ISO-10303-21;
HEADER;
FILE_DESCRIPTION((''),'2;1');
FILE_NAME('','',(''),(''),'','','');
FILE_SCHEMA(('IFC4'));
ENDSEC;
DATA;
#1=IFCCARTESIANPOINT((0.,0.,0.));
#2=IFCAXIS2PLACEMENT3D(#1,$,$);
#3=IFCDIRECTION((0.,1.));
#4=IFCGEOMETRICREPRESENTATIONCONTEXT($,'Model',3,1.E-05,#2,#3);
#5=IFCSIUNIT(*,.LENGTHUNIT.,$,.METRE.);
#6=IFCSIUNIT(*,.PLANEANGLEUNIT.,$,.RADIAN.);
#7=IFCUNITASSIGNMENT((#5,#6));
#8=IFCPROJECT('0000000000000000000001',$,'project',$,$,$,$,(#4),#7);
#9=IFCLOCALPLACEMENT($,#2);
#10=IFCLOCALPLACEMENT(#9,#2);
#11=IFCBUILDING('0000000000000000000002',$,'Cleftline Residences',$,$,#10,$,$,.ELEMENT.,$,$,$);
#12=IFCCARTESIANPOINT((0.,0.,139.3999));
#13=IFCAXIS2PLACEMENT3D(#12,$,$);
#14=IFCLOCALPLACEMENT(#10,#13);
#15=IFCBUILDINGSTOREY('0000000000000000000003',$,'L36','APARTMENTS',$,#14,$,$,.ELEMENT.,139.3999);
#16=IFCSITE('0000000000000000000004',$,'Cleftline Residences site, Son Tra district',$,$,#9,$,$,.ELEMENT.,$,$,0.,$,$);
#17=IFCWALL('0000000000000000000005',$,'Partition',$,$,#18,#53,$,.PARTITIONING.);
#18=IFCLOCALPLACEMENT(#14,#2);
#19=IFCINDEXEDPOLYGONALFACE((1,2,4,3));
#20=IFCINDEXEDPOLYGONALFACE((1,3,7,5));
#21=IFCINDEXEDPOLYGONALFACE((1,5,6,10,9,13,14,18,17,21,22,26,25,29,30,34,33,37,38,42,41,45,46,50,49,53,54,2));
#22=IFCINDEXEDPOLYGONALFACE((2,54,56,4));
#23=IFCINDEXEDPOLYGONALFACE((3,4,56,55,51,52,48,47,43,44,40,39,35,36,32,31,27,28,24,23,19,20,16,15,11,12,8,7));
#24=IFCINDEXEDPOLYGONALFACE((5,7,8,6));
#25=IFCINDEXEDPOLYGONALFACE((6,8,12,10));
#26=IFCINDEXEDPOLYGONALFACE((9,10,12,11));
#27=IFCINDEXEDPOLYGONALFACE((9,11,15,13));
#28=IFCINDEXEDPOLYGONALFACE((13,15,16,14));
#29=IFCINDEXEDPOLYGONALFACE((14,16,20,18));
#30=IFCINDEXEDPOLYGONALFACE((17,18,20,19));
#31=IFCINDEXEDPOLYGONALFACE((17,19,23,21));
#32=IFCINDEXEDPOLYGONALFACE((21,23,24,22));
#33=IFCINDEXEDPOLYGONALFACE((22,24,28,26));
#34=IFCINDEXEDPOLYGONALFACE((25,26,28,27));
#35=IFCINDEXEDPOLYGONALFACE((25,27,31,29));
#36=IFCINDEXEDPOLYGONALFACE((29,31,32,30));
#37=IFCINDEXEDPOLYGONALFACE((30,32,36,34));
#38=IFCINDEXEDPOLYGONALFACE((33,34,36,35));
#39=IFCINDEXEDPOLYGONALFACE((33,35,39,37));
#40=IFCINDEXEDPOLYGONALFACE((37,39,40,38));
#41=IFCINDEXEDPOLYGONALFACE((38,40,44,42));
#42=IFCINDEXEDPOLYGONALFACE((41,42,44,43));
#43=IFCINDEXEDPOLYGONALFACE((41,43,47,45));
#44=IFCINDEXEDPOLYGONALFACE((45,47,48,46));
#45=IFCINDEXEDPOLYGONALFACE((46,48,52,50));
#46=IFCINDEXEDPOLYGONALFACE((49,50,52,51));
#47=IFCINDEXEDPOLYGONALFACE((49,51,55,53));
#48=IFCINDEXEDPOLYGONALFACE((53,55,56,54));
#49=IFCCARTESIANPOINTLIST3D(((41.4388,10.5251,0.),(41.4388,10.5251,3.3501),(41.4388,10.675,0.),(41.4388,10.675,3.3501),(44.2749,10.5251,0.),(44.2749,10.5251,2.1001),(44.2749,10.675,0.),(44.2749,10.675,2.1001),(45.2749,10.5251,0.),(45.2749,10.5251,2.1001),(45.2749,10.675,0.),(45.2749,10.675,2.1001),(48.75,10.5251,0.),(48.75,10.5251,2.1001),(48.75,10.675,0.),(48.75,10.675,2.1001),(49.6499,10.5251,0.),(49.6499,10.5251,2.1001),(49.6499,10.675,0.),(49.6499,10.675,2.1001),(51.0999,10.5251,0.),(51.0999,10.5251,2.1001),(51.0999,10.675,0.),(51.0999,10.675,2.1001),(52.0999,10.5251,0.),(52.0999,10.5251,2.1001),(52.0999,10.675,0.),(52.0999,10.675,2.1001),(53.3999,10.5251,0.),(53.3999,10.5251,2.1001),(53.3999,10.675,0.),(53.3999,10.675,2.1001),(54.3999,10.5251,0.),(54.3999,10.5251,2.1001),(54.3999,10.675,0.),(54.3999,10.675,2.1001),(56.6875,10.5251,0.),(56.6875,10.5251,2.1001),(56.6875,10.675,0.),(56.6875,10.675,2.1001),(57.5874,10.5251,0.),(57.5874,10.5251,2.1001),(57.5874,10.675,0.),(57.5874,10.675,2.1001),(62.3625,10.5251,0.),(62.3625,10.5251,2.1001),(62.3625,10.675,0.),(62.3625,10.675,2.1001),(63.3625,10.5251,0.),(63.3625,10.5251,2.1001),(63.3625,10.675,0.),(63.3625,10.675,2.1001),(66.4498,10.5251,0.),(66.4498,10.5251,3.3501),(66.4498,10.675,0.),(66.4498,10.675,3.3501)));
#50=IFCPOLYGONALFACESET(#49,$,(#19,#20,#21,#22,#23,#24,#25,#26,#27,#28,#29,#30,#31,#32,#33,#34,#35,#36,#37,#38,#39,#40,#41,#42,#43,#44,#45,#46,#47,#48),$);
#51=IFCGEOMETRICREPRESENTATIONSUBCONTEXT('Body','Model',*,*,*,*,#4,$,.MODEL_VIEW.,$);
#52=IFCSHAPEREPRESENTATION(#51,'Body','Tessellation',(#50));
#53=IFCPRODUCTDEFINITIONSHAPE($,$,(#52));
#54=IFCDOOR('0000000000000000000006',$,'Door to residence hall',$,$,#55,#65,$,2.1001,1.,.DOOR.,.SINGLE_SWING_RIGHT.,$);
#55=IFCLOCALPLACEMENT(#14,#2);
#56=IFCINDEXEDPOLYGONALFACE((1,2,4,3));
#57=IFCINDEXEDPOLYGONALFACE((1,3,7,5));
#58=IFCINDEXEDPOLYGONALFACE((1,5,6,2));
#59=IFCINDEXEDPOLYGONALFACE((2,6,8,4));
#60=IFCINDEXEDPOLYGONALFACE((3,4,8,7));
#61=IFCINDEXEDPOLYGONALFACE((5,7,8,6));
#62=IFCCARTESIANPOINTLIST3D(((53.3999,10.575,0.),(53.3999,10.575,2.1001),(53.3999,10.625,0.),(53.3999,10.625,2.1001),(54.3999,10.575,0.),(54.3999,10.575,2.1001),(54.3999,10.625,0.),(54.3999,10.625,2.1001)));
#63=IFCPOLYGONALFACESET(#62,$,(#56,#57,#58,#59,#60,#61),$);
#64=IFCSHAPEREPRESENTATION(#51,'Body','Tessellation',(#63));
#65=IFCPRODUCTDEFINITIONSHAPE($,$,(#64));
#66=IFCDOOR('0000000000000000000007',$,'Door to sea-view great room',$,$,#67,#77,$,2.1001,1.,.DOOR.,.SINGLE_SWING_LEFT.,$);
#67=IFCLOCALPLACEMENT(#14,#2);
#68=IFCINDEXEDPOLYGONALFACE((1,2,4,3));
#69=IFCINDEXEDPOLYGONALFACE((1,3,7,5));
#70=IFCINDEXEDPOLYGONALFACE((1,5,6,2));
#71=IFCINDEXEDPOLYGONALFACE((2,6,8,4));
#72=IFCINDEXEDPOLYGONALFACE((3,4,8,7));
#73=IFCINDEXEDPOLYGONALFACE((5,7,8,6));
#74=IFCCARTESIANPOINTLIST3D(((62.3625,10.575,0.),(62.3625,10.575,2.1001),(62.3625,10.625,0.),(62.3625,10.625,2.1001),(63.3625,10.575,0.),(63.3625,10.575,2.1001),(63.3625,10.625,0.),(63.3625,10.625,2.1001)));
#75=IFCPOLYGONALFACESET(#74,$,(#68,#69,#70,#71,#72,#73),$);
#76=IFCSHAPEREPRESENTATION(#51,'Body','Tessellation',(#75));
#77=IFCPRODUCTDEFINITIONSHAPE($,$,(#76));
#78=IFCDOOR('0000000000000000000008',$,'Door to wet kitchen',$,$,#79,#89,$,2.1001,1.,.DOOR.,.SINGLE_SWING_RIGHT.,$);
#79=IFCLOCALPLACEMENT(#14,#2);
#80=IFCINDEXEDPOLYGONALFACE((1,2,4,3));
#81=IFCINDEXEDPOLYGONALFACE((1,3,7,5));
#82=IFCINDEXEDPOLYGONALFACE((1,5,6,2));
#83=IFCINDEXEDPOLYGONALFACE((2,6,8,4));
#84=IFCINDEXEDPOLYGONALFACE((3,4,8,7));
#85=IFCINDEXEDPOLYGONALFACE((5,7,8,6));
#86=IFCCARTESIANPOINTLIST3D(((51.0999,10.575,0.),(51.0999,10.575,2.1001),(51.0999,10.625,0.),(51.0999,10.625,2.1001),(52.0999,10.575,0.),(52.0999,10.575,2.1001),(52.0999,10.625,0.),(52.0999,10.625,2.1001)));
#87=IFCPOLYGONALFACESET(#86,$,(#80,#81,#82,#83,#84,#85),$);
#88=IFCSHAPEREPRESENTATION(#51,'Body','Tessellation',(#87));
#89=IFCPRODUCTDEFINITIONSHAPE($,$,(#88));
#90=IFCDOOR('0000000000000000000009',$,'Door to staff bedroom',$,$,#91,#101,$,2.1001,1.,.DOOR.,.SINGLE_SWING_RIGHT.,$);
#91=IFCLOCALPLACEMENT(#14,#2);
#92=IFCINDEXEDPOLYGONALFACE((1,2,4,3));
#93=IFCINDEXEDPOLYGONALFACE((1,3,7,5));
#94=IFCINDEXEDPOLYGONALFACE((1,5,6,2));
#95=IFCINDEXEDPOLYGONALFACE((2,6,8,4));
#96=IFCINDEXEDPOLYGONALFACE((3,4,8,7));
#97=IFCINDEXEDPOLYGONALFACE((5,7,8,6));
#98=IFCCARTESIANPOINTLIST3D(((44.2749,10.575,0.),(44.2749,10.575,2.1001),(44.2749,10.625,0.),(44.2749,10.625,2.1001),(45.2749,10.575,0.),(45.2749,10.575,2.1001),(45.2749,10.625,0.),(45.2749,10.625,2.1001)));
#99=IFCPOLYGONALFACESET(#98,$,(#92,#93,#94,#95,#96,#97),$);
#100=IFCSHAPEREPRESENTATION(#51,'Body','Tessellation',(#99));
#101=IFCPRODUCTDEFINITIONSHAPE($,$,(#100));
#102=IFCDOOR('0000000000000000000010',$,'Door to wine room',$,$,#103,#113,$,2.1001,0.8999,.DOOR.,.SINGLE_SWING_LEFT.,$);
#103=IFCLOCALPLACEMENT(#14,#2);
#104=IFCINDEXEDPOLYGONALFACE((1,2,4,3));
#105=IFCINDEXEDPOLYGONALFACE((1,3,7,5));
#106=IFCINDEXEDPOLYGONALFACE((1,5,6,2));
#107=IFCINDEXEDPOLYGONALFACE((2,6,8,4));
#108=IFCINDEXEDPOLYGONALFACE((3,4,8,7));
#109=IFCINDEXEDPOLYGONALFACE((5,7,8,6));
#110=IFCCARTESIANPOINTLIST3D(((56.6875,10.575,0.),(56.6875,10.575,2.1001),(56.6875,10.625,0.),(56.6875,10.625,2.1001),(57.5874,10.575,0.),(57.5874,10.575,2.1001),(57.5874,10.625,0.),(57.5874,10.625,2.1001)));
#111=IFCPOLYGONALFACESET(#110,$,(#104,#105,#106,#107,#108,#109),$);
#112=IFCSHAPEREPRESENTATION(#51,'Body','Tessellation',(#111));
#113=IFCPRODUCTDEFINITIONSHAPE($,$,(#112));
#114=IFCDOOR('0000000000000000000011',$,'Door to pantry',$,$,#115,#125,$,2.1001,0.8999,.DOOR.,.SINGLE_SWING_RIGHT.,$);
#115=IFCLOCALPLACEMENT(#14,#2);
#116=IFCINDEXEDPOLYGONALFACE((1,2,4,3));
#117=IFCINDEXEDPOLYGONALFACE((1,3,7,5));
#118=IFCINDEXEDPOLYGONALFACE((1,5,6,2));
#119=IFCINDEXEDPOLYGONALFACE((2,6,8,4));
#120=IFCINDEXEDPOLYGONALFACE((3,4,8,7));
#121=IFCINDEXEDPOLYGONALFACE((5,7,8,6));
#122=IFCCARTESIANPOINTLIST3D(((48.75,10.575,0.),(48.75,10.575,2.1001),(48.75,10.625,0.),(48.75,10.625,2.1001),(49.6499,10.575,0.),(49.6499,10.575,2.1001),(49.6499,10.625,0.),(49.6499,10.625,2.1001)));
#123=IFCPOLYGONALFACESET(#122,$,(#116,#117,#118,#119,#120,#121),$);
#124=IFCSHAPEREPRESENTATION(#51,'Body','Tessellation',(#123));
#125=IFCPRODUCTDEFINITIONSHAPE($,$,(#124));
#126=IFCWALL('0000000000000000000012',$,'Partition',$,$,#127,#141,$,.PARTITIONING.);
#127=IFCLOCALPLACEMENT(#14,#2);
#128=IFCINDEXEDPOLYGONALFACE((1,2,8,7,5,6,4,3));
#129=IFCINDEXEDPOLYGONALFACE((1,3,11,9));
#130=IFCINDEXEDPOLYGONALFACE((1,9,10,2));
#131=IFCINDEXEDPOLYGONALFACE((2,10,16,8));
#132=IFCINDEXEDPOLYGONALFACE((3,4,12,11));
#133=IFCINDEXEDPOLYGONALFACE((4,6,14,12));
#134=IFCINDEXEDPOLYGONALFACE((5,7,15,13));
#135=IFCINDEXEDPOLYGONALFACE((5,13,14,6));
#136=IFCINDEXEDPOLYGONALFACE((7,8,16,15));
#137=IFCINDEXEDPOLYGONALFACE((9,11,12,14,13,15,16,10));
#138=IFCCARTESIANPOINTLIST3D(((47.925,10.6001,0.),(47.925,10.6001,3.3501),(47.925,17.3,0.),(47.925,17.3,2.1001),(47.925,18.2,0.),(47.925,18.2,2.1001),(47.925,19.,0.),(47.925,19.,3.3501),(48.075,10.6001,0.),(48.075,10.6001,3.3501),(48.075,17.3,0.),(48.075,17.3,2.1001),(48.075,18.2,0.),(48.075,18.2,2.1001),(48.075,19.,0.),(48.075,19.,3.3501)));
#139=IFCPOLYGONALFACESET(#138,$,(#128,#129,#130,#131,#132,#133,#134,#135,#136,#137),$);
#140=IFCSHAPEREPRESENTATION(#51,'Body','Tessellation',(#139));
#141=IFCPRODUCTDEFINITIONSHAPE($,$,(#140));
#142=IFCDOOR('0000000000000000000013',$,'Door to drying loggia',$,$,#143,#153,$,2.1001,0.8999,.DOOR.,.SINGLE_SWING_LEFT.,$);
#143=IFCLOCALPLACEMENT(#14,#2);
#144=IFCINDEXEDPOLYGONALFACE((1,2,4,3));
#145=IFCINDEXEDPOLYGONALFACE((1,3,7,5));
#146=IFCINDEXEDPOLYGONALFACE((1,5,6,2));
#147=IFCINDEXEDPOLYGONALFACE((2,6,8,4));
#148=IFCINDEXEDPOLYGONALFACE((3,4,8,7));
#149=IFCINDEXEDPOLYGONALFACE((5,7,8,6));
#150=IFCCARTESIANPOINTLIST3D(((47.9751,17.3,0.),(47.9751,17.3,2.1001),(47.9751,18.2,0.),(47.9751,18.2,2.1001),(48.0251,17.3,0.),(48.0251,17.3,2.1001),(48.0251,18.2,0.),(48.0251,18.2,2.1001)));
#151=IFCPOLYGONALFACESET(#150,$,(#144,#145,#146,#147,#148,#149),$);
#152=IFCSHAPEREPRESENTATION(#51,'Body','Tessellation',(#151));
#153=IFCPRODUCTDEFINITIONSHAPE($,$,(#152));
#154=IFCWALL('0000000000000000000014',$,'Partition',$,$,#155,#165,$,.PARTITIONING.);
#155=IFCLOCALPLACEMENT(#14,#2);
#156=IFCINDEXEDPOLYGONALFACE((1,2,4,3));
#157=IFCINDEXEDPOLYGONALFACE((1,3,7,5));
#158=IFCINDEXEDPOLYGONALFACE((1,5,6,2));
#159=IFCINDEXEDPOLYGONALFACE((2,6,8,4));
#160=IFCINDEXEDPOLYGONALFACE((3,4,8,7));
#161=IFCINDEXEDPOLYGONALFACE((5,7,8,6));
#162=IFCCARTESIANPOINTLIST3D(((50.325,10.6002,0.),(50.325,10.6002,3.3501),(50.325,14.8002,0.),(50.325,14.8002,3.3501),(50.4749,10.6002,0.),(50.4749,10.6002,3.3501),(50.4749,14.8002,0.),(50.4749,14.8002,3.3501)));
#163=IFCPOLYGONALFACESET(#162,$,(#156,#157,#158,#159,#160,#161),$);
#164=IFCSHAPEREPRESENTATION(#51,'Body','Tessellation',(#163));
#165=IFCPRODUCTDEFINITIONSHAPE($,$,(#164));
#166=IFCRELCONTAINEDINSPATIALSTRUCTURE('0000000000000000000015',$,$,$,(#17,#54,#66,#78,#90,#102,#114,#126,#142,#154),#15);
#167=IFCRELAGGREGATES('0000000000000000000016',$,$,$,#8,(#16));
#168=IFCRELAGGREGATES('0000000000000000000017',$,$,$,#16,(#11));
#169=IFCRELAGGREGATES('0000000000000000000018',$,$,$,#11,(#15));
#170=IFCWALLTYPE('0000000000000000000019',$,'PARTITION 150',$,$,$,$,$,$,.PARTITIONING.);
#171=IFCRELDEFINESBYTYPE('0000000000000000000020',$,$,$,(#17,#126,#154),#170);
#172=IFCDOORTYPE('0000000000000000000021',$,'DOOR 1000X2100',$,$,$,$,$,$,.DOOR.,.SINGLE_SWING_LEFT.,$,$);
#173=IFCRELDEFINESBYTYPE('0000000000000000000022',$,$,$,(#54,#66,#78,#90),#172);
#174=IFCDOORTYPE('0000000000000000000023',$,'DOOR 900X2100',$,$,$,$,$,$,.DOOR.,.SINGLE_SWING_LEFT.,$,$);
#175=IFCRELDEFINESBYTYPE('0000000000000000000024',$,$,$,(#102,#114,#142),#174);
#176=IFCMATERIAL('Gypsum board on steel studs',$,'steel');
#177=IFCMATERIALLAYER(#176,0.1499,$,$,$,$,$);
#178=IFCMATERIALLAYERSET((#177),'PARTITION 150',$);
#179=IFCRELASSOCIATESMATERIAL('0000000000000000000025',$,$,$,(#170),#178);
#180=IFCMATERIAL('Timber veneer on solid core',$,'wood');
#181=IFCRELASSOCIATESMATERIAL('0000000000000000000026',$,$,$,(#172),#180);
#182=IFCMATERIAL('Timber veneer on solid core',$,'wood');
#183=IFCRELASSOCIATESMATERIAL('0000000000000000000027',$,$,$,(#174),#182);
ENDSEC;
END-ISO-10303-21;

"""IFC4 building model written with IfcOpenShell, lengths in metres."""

from ifc_helpers import new_model, si_unit, direction, frame, frame_2d, origin, place, context, subcontext, project, spatial, rectangle, extrude, material, layer, layer_set, type_object, element, fill, save


model = new_model("IFC4")

# Units and contexts
model_context = context("Model", 3, precision=1e-05, world=origin(), true_north=direction((0.0, 1.0)))
body_context = subcontext(model_context, "Body", "Model", "MODEL_VIEW")
ifc_project = project(units=[si_unit("LENGTHUNIT", "METRE"), si_unit("PLANEANGLEUNIT", "RADIAN")], contexts=[model_context])

# Site, building, storey
site_placement = place(None, origin())
site = spatial("IfcSite", under=ifc_project, at=site_placement, Name="Cleftline Residences site, Son Tra district", CompositionType="ELEMENT", RefElevation=0.0)
building_placement = place(site_placement, origin())
building = spatial("IfcBuilding", under=site, at=building_placement, Name="Cleftline Residences", CompositionType="ELEMENT")
storey_placement = place(building_placement, frame((0.0, 0.0, 139.3999)))
storey = spatial("IfcBuildingStorey", under=building, at=storey_placement, Name="L36", Description="APARTMENTS", CompositionType="ELEMENT", Elevation=139.3999)

# Shared definitions
ifc_material_1 = material(Name="Gypsum board on steel studs", Category="steel")
ifc_layer_1 = layer(ifc_material_1, 0.1499)
ifc_layer_set_1 = layer_set([ifc_layer_1], Name="PARTITION 150")
wall_type = type_object("IfcWallType", Name="PARTITION 150", PredefinedType="PARTITIONING", material=ifc_layer_set_1)
ifc_material_2 = material(Name="Timber veneer on solid core", Category="wood")
door_type_1 = type_object("IfcDoorType", Name="DOOR 1000X2100", OperationType="SINGLE_SWING_LEFT", PredefinedType="DOOR", material=ifc_material_2)

# Wall, openings, doors
wall_1_placement = place(storey_placement, frame((41.439, 10.6001, 0.0), z_axis=(0.0, 0.0, 1.0), x_axis=(1.0, 0.0, 0.0)))
wall_1 = element("IfcWall", 1, at=wall_1_placement, inside=storey, type_object=wall_type, Name="Partition", PredefinedType="PARTITIONING", context=body_context, shape_type="SweptSolid", body=[
    extrude(rectangle(XDim=25.011, YDim=0.1499, at=frame_2d((12.5054, 0.0))), origin(), (0.0, 0.0, 1.0), 3.3501),
])
opening_1_placement = place(wall_1_placement, frame((11.9609, 0.0, 0.0)))
opening_1 = element("IfcOpeningElement", 2, at=opening_1_placement, cuts=wall_1, PredefinedType="OPENING", context=body_context, shape_type="SweptSolid", body=[
    extrude(rectangle(XDim=1.0, YDim=2.1001, at=frame_2d((0.5, 1.05))), frame((0.0, 0.085, 0.0), z_axis=(0.0, -1.0, 0.0), x_axis=(1.0, 0.0, 0.0)), (0.0, 0.0, 1.0), 0.1699),
])
opening_2_placement = place(wall_1_placement, frame((20.9236, 0.0, 0.0)))
opening_2 = element("IfcOpeningElement", 3, at=opening_2_placement, cuts=wall_1, PredefinedType="OPENING", context=body_context, shape_type="SweptSolid", body=[
    extrude(rectangle(XDim=1.0, YDim=2.1001, at=frame_2d((0.5, 1.05))), frame((0.0, 0.085, 0.0), z_axis=(0.0, -1.0, 0.0), x_axis=(1.0, 0.0, 0.0)), (0.0, 0.0, 1.0), 0.1699),
])
opening_3_placement = place(wall_1_placement, frame((15.2485, 0.0, 0.0)))
opening_3 = element("IfcOpeningElement", 4, at=opening_3_placement, cuts=wall_1, PredefinedType="OPENING", context=body_context, shape_type="SweptSolid", body=[
    extrude(rectangle(XDim=0.8999, YDim=2.1001, at=frame_2d((0.45, 1.05))), frame((0.0, 0.085, 0.0), z_axis=(0.0, -1.0, 0.0), x_axis=(1.0, 0.0, 0.0)), (0.0, 0.0, 1.0), 0.1699),
])
opening_4_placement = place(wall_1_placement, frame((9.6609, 0.0, 0.0)))
opening_4 = element("IfcOpeningElement", 5, at=opening_4_placement, cuts=wall_1, PredefinedType="OPENING", context=body_context, shape_type="SweptSolid", body=[
    extrude(rectangle(XDim=1.0, YDim=2.1001, at=frame_2d((0.5, 1.05))), frame((0.0, 0.085, 0.0), z_axis=(0.0, -1.0, 0.0), x_axis=(1.0, 0.0, 0.0)), (0.0, 0.0, 1.0), 0.1699),
])
opening_5_placement = place(wall_1_placement, frame((7.311, 0.0, 0.0)))
opening_5 = element("IfcOpeningElement", 6, at=opening_5_placement, cuts=wall_1, PredefinedType="OPENING", context=body_context, shape_type="SweptSolid", body=[
    extrude(rectangle(XDim=0.8999, YDim=2.1001, at=frame_2d((0.45, 1.05))), frame((0.0, 0.085, 0.0), z_axis=(0.0, -1.0, 0.0), x_axis=(1.0, 0.0, 0.0)), (0.0, 0.0, 1.0), 0.1699),
])
opening_6_placement = place(wall_1_placement, frame((2.8359, 0.0, 0.0)))
opening_6 = element("IfcOpeningElement", 7, at=opening_6_placement, cuts=wall_1, PredefinedType="OPENING", context=body_context, shape_type="SweptSolid", body=[
    extrude(rectangle(XDim=1.0, YDim=2.1001, at=frame_2d((0.5, 1.05))), frame((0.0, 0.085, 0.0), z_axis=(0.0, -1.0, 0.0), x_axis=(1.0, 0.0, 0.0)), (0.0, 0.0, 1.0), 0.1699),
])
door_1_placement = place(opening_1_placement, origin())
door_1 = element("IfcDoor", 8, at=door_1_placement, inside=storey, type_object=door_type_1, Name="Door to residence hall", OperationType="SINGLE_SWING_RIGHT", OverallHeight=2.1001, OverallWidth=1.0, PredefinedType="DOOR", context=body_context, shape_type="SweptSolid", body=[
    extrude(rectangle(XDim=1.0, YDim=2.1001, at=frame_2d((0.5, 1.05))), frame((0.0, 0.0249, 0.0), z_axis=(0.0, -1.0, 0.0), x_axis=(1.0, 0.0, 0.0)), (0.0, 0.0, 1.0), 0.05),
])
fill(opening_1, door_1)
door_2_placement = place(opening_2_placement, origin())
door_2 = element("IfcDoor", 9, at=door_2_placement, inside=storey, type_object=door_type_1, Name="Door to sea-view great room", OperationType="SINGLE_SWING_LEFT", OverallHeight=2.1001, OverallWidth=1.0, PredefinedType="DOOR", context=body_context, shape_type="SweptSolid", body=[
    extrude(rectangle(XDim=1.0, YDim=2.1001, at=frame_2d((0.5, 1.05))), frame((0.0, 0.0249, 0.0), z_axis=(0.0, -1.0, 0.0), x_axis=(1.0, 0.0, 0.0)), (0.0, 0.0, 1.0), 0.05),
])
fill(opening_2, door_2)
door_3_placement = place(opening_4_placement, origin())
door_3 = element("IfcDoor", 10, at=door_3_placement, inside=storey, type_object=door_type_1, Name="Door to wet kitchen", OperationType="SINGLE_SWING_RIGHT", OverallHeight=2.1001, OverallWidth=1.0, PredefinedType="DOOR", context=body_context, shape_type="SweptSolid", body=[
    extrude(rectangle(XDim=1.0, YDim=2.1001, at=frame_2d((0.5, 1.05))), frame((0.0, 0.0249, 0.0), z_axis=(0.0, -1.0, 0.0), x_axis=(1.0, 0.0, 0.0)), (0.0, 0.0, 1.0), 0.05),
])
fill(opening_4, door_3)
door_4_placement = place(opening_6_placement, origin())
door_4 = element("IfcDoor", 11, at=door_4_placement, inside=storey, type_object=door_type_1, Name="Door to staff bedroom", OperationType="SINGLE_SWING_RIGHT", OverallHeight=2.1001, OverallWidth=1.0, PredefinedType="DOOR", context=body_context, shape_type="SweptSolid", body=[
    extrude(rectangle(XDim=1.0, YDim=2.1001, at=frame_2d((0.5, 1.05))), frame((0.0, 0.0249, 0.0), z_axis=(0.0, -1.0, 0.0), x_axis=(1.0, 0.0, 0.0)), (0.0, 0.0, 1.0), 0.05),
])
fill(opening_6, door_4)
ifc_material_3 = material(Name="Timber veneer on solid core", Category="wood")
door_type_2 = type_object("IfcDoorType", Name="DOOR 900X2100", OperationType="SINGLE_SWING_LEFT", PredefinedType="DOOR", material=ifc_material_3)
door_5_placement = place(opening_3_placement, origin())
door_5 = element("IfcDoor", 12, at=door_5_placement, inside=storey, type_object=door_type_2, Name="Door to wine room", OperationType="SINGLE_SWING_LEFT", OverallHeight=2.1001, OverallWidth=0.8999, PredefinedType="DOOR", context=body_context, shape_type="SweptSolid", body=[
    extrude(rectangle(XDim=0.8999, YDim=2.1001, at=frame_2d((0.45, 1.05))), frame((0.0, 0.0249, 0.0), z_axis=(0.0, -1.0, 0.0), x_axis=(1.0, 0.0, 0.0)), (0.0, 0.0, 1.0), 0.05),
])
fill(opening_3, door_5)
door_6_placement = place(opening_5_placement, origin())
door_6 = element("IfcDoor", 13, at=door_6_placement, inside=storey, type_object=door_type_2, Name="Door to pantry", OperationType="SINGLE_SWING_RIGHT", OverallHeight=2.1001, OverallWidth=0.8999, PredefinedType="DOOR", context=body_context, shape_type="SweptSolid", body=[
    extrude(rectangle(XDim=0.8999, YDim=2.1001, at=frame_2d((0.45, 1.05))), frame((0.0, 0.0249, 0.0), z_axis=(0.0, -1.0, 0.0), x_axis=(1.0, 0.0, 0.0)), (0.0, 0.0, 1.0), 0.05),
])
fill(opening_5, door_6)

# Wall, opening, door
wall_2_placement = place(storey_placement, frame((48.0, 10.6001, 0.0), z_axis=(0.0, 0.0, 1.0), x_axis=(0.0, 1.0, 0.0)))
wall_2 = element("IfcWall", 14, at=wall_2_placement, inside=storey, type_object=wall_type, Name="Partition", PredefinedType="PARTITIONING", context=body_context, shape_type="SweptSolid", body=[
    extrude(rectangle(XDim=8.3999, YDim=0.1499, at=frame_2d((4.2, 0.0))), origin(), (0.0, 0.0, 1.0), 3.3501),
])
opening_7_placement = place(wall_2_placement, frame((6.7, 0.0, 0.0)))
opening_7 = element("IfcOpeningElement", 15, at=opening_7_placement, cuts=wall_2, PredefinedType="OPENING", context=body_context, shape_type="SweptSolid", body=[
    extrude(rectangle(XDim=0.8999, YDim=2.1001, at=frame_2d((0.45, 1.05))), frame((0.0, 0.085, 0.0), z_axis=(0.0, -1.0, 0.0), x_axis=(1.0, 0.0, 0.0)), (0.0, 0.0, 1.0), 0.1699),
])
door_7_placement = place(opening_7_placement, origin())
door_7 = element("IfcDoor", 16, at=door_7_placement, inside=storey, type_object=door_type_2, Name="Door to drying loggia", OperationType="SINGLE_SWING_LEFT", OverallHeight=2.1001, OverallWidth=0.8999, PredefinedType="DOOR", context=body_context, shape_type="SweptSolid", body=[
    extrude(rectangle(XDim=0.8999, YDim=2.1001, at=frame_2d((0.45, 1.05))), frame((0.0, 0.0249, 0.0), z_axis=(0.0, -1.0, 0.0), x_axis=(1.0, 0.0, 0.0)), (0.0, 0.0, 1.0), 0.05),
])
fill(opening_7, door_7)

# Wall
wall_3_placement = place(storey_placement, frame((50.3999, 10.6001, 0.0), z_axis=(0.0, 0.0, 1.0), x_axis=(0.0, 1.0, 0.0)))
element("IfcWall", 17, at=wall_3_placement, inside=storey, type_object=wall_type, Name="Partition", PredefinedType="PARTITIONING", context=body_context, shape_type="SweptSolid", body=[
    extrude(rectangle(XDim=4.2, YDim=0.1499, at=frame_2d((2.1001, 0.0))), origin(), (0.0, 0.0, 1.0), 3.3501),
])

save(model, "model.ifc")
